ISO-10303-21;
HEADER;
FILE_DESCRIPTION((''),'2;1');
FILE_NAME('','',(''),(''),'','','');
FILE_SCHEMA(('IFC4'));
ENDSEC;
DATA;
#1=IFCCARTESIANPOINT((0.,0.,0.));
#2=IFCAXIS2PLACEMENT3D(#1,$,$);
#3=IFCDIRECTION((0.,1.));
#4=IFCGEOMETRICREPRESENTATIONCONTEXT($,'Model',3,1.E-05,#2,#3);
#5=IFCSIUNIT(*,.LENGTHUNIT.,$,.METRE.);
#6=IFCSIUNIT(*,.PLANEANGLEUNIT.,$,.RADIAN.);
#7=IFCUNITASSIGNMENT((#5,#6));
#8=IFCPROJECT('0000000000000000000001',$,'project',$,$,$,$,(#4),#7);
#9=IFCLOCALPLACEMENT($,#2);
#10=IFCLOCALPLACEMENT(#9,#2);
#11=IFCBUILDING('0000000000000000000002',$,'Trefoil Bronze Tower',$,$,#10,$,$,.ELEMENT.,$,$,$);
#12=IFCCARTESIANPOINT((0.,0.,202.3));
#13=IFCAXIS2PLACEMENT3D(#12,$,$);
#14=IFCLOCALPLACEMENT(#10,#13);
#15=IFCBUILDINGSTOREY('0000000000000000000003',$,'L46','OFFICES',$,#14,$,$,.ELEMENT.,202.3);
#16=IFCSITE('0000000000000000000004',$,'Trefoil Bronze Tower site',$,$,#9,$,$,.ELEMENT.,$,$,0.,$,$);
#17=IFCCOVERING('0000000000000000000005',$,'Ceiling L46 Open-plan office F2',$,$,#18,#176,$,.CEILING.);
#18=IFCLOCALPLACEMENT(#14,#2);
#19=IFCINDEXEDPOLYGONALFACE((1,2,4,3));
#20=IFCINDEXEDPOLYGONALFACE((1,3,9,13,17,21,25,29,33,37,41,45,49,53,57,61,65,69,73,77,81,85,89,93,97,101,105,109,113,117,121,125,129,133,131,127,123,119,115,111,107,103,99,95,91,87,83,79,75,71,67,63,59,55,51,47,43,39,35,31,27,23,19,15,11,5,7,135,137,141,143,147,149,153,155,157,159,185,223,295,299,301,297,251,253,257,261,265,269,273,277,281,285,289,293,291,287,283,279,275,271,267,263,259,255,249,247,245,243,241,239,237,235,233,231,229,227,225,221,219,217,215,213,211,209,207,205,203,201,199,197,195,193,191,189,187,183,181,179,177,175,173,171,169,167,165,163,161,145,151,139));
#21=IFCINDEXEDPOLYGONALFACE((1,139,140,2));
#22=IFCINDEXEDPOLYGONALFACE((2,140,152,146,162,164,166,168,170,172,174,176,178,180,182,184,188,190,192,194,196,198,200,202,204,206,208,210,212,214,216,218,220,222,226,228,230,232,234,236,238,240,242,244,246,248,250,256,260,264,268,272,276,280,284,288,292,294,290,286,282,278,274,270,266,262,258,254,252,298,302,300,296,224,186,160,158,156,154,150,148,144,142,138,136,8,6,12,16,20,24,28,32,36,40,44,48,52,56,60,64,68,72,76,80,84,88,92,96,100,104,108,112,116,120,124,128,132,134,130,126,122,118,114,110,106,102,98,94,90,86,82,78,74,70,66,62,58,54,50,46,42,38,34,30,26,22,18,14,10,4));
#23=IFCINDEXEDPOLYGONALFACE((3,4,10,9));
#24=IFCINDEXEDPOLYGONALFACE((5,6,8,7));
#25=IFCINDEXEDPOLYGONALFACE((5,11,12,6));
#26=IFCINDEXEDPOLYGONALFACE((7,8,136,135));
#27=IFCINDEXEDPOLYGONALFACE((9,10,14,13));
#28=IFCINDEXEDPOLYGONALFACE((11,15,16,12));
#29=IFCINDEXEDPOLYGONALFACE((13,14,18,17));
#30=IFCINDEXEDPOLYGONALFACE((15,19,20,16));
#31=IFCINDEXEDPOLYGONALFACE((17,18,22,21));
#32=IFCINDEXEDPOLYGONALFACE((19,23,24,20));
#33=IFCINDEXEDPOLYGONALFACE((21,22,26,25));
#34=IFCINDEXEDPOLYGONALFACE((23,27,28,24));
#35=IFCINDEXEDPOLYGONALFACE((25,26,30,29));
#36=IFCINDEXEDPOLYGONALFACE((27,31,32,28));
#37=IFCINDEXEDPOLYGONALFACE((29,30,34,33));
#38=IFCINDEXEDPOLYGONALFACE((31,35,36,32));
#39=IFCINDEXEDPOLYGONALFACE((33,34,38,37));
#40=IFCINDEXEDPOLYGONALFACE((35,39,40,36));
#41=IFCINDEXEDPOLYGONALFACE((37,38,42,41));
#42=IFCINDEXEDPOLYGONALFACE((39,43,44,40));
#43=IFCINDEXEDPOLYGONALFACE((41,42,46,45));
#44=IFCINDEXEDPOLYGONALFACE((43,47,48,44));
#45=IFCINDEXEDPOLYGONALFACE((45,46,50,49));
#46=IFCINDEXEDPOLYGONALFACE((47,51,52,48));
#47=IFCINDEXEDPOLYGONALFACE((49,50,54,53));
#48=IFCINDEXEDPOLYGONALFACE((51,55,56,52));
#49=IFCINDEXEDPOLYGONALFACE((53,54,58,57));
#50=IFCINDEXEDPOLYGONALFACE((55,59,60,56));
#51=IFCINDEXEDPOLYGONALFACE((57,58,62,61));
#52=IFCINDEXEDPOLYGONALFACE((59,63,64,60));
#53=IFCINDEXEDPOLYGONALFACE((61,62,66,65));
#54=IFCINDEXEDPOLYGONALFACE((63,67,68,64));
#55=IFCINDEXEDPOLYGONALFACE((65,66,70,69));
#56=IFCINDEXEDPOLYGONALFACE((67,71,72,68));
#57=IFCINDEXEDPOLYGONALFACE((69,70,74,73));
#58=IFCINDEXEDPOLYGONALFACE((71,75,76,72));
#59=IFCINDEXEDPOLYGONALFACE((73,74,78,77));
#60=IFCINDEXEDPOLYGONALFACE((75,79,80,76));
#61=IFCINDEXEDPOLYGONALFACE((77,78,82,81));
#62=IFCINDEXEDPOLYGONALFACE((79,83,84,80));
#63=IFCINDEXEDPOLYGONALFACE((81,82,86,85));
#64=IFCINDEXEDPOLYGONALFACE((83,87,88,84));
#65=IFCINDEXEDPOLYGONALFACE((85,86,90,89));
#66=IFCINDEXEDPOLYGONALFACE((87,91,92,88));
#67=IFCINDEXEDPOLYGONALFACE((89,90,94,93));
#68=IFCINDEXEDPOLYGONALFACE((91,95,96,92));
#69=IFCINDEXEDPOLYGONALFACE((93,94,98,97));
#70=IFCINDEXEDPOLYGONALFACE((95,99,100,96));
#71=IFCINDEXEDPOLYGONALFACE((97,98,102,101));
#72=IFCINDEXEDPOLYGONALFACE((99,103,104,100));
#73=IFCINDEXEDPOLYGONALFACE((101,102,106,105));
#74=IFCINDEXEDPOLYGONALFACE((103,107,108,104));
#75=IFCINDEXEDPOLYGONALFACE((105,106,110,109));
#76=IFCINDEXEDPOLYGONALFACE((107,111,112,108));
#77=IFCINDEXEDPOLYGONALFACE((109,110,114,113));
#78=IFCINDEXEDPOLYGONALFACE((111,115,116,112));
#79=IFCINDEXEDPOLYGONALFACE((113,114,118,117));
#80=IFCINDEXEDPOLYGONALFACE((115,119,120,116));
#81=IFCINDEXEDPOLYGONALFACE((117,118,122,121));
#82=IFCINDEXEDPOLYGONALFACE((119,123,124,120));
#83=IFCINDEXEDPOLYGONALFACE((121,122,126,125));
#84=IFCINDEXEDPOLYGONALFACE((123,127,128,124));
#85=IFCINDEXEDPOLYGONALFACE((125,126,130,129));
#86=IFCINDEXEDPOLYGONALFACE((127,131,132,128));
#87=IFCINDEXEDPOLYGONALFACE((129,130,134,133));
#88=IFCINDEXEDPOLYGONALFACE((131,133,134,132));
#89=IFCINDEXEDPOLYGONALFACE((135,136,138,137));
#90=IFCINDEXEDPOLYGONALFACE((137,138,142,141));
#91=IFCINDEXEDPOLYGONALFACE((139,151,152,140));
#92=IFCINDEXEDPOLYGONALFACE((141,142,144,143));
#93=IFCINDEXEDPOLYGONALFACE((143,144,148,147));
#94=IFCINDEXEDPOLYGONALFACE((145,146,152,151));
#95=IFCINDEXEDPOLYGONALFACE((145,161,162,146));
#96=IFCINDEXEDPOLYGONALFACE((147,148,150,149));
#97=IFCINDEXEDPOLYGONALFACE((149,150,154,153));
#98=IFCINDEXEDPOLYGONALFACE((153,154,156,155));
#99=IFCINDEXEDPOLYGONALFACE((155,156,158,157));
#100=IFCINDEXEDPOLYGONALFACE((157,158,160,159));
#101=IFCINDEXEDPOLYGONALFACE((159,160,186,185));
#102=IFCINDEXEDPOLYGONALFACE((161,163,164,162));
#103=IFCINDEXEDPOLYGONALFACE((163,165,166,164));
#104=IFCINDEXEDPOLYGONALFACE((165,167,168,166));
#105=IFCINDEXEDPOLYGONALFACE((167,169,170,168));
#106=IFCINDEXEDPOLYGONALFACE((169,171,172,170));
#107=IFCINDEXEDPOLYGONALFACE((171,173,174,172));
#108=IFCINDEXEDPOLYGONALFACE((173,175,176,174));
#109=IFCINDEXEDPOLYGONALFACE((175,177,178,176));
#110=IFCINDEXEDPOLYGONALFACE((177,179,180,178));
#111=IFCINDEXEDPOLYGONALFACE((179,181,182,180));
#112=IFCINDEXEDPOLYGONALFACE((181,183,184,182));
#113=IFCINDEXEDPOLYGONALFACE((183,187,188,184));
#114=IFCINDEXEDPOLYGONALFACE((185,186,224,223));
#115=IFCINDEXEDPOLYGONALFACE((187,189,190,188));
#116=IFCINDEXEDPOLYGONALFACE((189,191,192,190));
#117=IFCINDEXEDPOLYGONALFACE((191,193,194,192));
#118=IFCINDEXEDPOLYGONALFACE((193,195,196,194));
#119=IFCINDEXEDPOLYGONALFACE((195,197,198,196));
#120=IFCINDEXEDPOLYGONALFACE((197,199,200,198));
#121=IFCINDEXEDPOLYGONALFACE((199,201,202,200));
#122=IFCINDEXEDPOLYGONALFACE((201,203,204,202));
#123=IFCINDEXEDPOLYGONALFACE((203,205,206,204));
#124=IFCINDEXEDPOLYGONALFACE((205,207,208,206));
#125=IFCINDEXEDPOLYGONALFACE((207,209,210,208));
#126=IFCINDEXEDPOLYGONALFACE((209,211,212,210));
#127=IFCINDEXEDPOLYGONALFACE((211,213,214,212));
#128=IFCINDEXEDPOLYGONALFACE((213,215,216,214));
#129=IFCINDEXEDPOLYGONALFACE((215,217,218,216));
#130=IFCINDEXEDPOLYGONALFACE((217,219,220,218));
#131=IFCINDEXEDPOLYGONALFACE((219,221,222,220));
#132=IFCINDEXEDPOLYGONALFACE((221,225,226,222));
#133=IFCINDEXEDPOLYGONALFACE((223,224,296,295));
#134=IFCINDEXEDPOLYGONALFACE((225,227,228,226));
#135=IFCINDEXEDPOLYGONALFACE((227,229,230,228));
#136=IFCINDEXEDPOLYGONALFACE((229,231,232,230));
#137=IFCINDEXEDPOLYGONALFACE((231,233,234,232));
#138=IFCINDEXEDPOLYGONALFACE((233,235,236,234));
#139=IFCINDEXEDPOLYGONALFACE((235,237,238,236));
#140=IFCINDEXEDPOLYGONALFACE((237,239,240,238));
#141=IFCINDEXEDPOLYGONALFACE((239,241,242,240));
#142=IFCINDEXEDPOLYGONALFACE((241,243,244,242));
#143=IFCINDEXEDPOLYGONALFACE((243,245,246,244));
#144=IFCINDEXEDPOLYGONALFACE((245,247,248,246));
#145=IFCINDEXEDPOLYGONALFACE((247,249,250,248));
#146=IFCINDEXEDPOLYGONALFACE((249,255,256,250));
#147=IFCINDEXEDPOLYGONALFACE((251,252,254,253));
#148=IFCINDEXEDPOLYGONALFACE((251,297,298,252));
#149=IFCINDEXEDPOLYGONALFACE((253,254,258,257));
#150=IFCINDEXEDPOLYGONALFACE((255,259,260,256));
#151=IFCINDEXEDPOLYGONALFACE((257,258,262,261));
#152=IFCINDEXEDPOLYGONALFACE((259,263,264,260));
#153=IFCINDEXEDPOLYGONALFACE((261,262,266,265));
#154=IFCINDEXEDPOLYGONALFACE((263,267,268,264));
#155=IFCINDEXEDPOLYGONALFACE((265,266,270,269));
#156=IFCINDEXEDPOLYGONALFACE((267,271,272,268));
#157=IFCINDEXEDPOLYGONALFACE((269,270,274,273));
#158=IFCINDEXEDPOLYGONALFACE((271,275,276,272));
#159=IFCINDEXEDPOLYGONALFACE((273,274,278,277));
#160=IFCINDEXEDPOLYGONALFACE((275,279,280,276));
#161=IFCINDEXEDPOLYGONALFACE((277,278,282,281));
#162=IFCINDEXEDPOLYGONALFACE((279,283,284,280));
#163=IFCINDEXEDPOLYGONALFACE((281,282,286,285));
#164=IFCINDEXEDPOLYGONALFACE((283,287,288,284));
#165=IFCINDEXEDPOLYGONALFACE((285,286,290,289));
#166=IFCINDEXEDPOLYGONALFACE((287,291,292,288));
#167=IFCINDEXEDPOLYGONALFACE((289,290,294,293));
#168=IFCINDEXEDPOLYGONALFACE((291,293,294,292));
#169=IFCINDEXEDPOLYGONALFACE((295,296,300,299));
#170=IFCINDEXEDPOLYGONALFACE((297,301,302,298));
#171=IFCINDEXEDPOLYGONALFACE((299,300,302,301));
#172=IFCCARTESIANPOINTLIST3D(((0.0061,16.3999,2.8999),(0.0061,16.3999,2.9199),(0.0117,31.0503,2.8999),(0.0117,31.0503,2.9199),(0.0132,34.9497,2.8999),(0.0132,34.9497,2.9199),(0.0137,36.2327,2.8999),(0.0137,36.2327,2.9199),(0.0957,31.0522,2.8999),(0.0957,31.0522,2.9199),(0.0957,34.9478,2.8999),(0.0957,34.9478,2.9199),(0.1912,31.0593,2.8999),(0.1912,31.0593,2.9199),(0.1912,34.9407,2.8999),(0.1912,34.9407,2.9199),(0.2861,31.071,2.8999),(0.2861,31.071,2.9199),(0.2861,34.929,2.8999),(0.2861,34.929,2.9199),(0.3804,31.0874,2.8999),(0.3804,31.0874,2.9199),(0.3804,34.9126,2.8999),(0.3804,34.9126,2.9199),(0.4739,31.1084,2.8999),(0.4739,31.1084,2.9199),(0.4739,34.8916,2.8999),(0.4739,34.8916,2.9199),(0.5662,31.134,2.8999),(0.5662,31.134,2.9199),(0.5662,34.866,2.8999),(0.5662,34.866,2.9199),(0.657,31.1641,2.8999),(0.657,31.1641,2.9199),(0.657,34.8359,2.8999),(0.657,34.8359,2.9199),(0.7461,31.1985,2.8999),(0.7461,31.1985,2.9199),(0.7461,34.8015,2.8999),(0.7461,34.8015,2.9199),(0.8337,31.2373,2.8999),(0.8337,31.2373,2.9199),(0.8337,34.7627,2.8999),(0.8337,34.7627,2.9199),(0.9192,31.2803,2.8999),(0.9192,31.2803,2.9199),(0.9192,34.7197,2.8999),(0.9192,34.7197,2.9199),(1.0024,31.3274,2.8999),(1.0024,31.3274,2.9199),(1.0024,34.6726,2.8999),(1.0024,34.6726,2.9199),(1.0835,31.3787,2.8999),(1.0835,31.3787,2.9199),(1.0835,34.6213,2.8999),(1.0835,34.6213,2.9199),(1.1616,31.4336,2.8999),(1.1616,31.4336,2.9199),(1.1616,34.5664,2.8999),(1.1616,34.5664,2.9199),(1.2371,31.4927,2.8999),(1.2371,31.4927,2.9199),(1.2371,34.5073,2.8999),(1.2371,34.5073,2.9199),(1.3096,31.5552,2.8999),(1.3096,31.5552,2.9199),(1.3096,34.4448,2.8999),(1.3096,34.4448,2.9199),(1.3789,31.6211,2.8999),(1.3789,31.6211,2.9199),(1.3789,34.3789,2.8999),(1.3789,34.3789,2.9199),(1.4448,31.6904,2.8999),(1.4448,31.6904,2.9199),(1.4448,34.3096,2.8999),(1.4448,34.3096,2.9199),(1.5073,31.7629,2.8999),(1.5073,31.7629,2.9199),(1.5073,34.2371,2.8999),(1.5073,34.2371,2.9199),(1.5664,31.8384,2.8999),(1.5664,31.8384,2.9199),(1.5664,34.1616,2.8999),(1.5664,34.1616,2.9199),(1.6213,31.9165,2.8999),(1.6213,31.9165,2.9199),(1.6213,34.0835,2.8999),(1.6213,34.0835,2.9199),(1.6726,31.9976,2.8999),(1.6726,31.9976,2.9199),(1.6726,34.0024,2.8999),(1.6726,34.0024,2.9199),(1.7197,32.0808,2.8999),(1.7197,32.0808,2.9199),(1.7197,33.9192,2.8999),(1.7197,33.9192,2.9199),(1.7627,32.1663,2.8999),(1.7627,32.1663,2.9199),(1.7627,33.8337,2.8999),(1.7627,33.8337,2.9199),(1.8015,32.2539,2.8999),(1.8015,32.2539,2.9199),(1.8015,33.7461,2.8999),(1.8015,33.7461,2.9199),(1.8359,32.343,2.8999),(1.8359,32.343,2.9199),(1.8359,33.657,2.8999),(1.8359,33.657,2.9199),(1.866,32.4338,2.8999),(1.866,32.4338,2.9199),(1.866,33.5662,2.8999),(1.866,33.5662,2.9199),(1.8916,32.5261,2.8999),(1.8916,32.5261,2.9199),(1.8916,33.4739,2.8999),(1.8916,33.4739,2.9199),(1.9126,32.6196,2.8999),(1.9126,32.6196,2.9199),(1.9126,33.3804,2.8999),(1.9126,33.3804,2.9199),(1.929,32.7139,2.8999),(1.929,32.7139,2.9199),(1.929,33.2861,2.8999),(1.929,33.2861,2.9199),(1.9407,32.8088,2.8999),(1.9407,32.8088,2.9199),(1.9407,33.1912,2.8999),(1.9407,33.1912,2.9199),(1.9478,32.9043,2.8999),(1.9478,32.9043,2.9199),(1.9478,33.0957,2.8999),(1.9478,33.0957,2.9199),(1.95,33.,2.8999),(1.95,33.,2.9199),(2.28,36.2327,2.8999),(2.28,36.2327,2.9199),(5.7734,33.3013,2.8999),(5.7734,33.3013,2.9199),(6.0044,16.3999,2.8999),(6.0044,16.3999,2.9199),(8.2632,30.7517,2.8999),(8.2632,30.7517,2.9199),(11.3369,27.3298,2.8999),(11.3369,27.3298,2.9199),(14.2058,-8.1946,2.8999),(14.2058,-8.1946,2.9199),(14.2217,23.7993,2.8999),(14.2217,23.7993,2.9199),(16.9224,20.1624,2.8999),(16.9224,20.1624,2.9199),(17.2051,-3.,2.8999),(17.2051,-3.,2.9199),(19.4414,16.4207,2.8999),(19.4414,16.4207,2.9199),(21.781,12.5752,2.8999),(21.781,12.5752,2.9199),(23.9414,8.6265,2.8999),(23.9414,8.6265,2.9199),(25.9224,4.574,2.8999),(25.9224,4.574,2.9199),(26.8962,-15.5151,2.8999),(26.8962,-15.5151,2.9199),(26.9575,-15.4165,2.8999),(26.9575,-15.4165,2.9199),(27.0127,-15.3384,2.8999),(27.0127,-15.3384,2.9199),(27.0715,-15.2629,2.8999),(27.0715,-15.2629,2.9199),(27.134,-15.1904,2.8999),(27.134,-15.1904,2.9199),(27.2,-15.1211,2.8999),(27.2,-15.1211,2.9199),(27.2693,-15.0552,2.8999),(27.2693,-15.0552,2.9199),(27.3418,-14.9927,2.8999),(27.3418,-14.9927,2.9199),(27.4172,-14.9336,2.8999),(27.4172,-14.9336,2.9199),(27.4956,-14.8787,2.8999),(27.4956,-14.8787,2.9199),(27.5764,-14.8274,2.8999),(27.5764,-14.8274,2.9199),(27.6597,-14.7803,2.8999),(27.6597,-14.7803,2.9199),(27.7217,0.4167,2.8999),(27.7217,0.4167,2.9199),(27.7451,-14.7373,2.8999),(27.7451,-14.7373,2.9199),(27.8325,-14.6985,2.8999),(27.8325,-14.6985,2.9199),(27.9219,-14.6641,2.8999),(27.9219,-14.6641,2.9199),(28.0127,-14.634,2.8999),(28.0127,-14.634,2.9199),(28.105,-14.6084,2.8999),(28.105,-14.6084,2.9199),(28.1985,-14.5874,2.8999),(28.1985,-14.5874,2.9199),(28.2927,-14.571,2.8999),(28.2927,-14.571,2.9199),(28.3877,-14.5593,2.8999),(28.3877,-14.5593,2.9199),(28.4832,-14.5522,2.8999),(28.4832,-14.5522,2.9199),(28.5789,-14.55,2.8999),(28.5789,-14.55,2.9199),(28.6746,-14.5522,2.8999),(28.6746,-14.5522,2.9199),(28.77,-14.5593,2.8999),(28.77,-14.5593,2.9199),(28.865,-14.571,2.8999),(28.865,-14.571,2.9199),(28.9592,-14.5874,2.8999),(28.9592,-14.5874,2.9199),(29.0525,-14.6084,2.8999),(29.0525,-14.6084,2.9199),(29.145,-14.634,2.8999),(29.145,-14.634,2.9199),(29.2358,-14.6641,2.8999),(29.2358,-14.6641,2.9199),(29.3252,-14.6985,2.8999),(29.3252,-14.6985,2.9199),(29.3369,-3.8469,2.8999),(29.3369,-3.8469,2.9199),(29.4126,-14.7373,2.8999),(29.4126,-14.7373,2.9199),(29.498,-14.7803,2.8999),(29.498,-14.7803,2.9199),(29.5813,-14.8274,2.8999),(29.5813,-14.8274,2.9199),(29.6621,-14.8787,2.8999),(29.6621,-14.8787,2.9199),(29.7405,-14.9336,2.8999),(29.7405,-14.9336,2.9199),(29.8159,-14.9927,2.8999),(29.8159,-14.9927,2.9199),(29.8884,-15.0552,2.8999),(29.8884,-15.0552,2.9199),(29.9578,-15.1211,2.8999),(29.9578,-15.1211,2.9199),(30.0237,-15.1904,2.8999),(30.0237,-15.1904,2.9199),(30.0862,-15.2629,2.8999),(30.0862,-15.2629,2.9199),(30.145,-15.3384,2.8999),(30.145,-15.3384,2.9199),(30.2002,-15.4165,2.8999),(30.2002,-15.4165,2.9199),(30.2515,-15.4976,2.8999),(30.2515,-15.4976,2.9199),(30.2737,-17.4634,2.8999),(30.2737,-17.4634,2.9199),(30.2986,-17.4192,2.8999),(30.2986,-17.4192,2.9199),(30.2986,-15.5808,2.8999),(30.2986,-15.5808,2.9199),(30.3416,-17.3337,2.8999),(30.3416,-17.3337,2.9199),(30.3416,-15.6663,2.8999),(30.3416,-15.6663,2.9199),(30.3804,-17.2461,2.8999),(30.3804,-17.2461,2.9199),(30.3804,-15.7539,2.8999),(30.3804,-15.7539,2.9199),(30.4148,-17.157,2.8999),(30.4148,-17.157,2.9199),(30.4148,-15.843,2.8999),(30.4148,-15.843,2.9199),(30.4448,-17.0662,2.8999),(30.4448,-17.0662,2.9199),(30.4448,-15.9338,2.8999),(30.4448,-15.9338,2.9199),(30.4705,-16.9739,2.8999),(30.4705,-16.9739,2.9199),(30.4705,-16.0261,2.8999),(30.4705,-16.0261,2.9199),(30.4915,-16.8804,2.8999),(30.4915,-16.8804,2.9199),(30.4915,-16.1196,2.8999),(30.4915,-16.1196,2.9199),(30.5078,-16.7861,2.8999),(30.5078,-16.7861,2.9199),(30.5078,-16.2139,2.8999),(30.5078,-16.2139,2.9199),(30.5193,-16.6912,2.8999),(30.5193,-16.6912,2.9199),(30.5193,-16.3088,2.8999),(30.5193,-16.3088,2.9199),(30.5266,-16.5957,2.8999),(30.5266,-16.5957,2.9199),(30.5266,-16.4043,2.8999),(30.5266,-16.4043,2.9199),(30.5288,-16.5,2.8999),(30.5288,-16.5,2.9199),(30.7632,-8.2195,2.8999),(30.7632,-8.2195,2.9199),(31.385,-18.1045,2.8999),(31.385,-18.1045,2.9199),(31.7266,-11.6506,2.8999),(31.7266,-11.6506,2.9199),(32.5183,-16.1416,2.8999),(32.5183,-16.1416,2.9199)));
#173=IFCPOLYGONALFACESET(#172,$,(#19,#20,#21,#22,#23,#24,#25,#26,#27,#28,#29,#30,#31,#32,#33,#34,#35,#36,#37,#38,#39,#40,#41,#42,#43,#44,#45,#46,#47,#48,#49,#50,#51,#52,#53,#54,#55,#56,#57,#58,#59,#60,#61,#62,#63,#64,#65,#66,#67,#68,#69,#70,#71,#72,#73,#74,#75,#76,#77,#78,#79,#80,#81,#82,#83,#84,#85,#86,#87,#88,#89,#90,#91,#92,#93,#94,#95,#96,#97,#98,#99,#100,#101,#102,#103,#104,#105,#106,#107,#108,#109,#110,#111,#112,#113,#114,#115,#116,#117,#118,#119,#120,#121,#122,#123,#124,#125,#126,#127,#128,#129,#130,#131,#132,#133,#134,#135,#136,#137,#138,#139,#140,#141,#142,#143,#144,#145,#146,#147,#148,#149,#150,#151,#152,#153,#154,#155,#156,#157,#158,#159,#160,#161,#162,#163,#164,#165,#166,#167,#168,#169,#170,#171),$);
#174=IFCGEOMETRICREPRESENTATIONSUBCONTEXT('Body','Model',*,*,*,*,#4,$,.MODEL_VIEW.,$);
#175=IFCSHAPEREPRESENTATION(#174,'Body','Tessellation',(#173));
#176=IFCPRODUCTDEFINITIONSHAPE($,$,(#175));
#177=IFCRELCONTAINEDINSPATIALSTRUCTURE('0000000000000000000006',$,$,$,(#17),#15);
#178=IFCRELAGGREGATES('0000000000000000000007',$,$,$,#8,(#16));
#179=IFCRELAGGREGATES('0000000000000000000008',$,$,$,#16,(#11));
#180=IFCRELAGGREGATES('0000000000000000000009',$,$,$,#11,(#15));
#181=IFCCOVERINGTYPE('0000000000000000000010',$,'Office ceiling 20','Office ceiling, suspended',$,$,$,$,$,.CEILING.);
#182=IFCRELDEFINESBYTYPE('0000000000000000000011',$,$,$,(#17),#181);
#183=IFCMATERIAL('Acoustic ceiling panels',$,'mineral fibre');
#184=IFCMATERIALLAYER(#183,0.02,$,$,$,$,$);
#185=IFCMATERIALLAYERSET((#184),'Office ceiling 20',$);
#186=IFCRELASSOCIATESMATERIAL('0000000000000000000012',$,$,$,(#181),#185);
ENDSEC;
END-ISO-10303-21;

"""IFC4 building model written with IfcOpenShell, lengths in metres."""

from ifc_helpers import new_model, si_unit, direction, frame, origin, place, context, subcontext, project, spatial, polyline, outline, extrude, material, layer, layer_set, type_object, element, save


model = new_model("IFC4")

# Units and contexts
model_context = context("Model", 3, precision=1e-05, world=origin(), true_north=direction((0.0, 1.0)))
body_context = subcontext(model_context, "Body", "Model", "MODEL_VIEW")
ifc_project = project(units=[si_unit("LENGTHUNIT", "METRE"), si_unit("PLANEANGLEUNIT", "RADIAN")], contexts=[model_context])

# Site, building, storey
site_placement = place(None, origin())
site = spatial("IfcSite", under=ifc_project, at=site_placement, Name="Trefoil Bronze Tower site", CompositionType="ELEMENT", RefElevation=0.0)
building_placement = place(site_placement, origin())
building = spatial("IfcBuilding", under=site, at=building_placement, Name="Trefoil Bronze Tower", CompositionType="ELEMENT")
storey_placement = place(building_placement, frame((0.0, 0.0, 202.3)))
storey = spatial("IfcBuildingStorey", under=building, at=storey_placement, Name="L46", Description="OFFICES", CompositionType="ELEMENT", Elevation=202.3)

# Covering
ifc_material_1 = material(Name="Acoustic ceiling panels", Category="mineral fibre")
ifc_layer_1 = layer(ifc_material_1, 0.02)
ifc_layer_set_1 = layer_set([ifc_layer_1], Name="Office ceiling 20")
covering_type_1 = type_object("IfcCoveringType", Name="Office ceiling 20", Description="Office ceiling, suspended", PredefinedType="CEILING", material=ifc_layer_set_1)
covering_1_placement = place(storey_placement, frame((0.0, 0.0, 2.8999)))
element("IfcCovering", 1, at=covering_1_placement, inside=storey, type_object=covering_type_1, Name="Ceiling L46 Open-plan office F2", PredefinedType="CEILING", context=body_context, shape_type="SweptSolid", body=[
    extrude(outline(polyline([(8.2632, 30.7517), (11.3369, 27.3298), (14.2217, 23.7993), (16.9224, 20.1624), (19.4414, 16.4207), (21.781, 12.5752), (23.9414, 8.6265), (25.9224, 4.574), (27.7217, 0.4167), (29.3369, -3.8469), (30.7632, -8.2195), (31.7266, -11.6506), (32.5183, -16.1416), (31.385, -18.1045), (30.2737, -17.4634), (30.2986, -17.4192), (30.3416, -17.3337), (30.3804, -17.2461), (30.4148, -17.157), (30.4448, -17.0662), (30.4705, -16.9739), (30.4915, -16.8804), (30.5078, -16.7861), (30.5193, -16.6912), (30.5266, -16.5957), (30.5288, -16.5), (30.5266, -16.4043), (30.5193, -16.3088), (30.5078, -16.2139), (30.4915, -16.1196), (30.4705, -16.0261), (30.4448, -15.9338), (30.4148, -15.843), (30.3804, -15.7539), (30.3416, -15.6663), (30.2986, -15.5808), (30.2515, -15.4976), (30.2002, -15.4165), (30.145, -15.3384), (30.0862, -15.2629), (30.0237, -15.1904), (29.9578, -15.1211), (29.8884, -15.0552), (29.8159, -14.9927), (29.7405, -14.9336), (29.6621, -14.8787), (29.5813, -14.8274), (29.498, -14.7803), (29.4126, -14.7373), (29.3252, -14.6985), (29.2358, -14.6641), (29.145, -14.634), (29.0525, -14.6084), (28.9592, -14.5874), (28.865, -14.571), (28.77, -14.5593), (28.6746, -14.5522), (28.5789, -14.55), (28.4832, -14.5522), (28.3877, -14.5593), (28.2927, -14.571), (28.1985, -14.5874), (28.105, -14.6084), (28.0127, -14.634), (27.9219, -14.6641), (27.8325, -14.6985), (27.7451, -14.7373), (27.6597, -14.7803), (27.5764, -14.8274), (27.4956, -14.8787), (27.4172, -14.9336), (27.3418, -14.9927), (27.2693, -15.0552), (27.2, -15.1211), (27.134, -15.1904), (27.0715, -15.2629), (27.0127, -15.3384), (26.9575, -15.4165), (26.8962, -15.5151), (14.2058, -8.1946), (17.2051, -3.0), (6.0044, 16.3999), (0.0061, 16.3999), (0.0117, 31.0503), (0.0957, 31.0522), (0.1912, 31.0593), (0.2861, 31.071), (0.3804, 31.0874), (0.4739, 31.1084), (0.5662, 31.134), (0.657, 31.1641), (0.7461, 31.1985), (0.8337, 31.2373), (0.9192, 31.2803), (1.0024, 31.3274), (1.0835, 31.3787), (1.1616, 31.4336), (1.2371, 31.4927), (1.3096, 31.5552), (1.3789, 31.6211), (1.4448, 31.6904), (1.5073, 31.7629), (1.5664, 31.8384), (1.6213, 31.9165), (1.6726, 31.9976), (1.7197, 32.0808), (1.7627, 32.1663), (1.8015, 32.2539), (1.8359, 32.343), (1.866, 32.4338), (1.8916, 32.5261), (1.9126, 32.6196), (1.929, 32.7139), (1.9407, 32.8088), (1.9478, 32.9043), (1.95, 33.0), (1.9478, 33.0957), (1.9407, 33.1912), (1.929, 33.2861), (1.9126, 33.3804), (1.8916, 33.4739), (1.866, 33.5662), (1.8359, 33.657), (1.8015, 33.7461), (1.7627, 33.8337), (1.7197, 33.9192), (1.6726, 34.0024), (1.6213, 34.0835), (1.5664, 34.1616), (1.5073, 34.2371), (1.4448, 34.3096), (1.3789, 34.3789), (1.3096, 34.4448), (1.2371, 34.5073), (1.1616, 34.5664), (1.0835, 34.6213), (1.0024, 34.6726), (0.9192, 34.7197), (0.8337, 34.7627), (0.7461, 34.8015), (0.657, 34.8359), (0.5662, 34.866), (0.4739, 34.8916), (0.3804, 34.9126), (0.2861, 34.929), (0.1912, 34.9407), (0.0957, 34.9478), (0.0132, 34.9497), (0.0137, 36.2327), (2.28, 36.2327), (5.7734, 33.3013), (8.2632, 30.7517)])), origin(), (0.0, 0.0, 1.0), 0.02),
])

save(model, "model.ifc")
